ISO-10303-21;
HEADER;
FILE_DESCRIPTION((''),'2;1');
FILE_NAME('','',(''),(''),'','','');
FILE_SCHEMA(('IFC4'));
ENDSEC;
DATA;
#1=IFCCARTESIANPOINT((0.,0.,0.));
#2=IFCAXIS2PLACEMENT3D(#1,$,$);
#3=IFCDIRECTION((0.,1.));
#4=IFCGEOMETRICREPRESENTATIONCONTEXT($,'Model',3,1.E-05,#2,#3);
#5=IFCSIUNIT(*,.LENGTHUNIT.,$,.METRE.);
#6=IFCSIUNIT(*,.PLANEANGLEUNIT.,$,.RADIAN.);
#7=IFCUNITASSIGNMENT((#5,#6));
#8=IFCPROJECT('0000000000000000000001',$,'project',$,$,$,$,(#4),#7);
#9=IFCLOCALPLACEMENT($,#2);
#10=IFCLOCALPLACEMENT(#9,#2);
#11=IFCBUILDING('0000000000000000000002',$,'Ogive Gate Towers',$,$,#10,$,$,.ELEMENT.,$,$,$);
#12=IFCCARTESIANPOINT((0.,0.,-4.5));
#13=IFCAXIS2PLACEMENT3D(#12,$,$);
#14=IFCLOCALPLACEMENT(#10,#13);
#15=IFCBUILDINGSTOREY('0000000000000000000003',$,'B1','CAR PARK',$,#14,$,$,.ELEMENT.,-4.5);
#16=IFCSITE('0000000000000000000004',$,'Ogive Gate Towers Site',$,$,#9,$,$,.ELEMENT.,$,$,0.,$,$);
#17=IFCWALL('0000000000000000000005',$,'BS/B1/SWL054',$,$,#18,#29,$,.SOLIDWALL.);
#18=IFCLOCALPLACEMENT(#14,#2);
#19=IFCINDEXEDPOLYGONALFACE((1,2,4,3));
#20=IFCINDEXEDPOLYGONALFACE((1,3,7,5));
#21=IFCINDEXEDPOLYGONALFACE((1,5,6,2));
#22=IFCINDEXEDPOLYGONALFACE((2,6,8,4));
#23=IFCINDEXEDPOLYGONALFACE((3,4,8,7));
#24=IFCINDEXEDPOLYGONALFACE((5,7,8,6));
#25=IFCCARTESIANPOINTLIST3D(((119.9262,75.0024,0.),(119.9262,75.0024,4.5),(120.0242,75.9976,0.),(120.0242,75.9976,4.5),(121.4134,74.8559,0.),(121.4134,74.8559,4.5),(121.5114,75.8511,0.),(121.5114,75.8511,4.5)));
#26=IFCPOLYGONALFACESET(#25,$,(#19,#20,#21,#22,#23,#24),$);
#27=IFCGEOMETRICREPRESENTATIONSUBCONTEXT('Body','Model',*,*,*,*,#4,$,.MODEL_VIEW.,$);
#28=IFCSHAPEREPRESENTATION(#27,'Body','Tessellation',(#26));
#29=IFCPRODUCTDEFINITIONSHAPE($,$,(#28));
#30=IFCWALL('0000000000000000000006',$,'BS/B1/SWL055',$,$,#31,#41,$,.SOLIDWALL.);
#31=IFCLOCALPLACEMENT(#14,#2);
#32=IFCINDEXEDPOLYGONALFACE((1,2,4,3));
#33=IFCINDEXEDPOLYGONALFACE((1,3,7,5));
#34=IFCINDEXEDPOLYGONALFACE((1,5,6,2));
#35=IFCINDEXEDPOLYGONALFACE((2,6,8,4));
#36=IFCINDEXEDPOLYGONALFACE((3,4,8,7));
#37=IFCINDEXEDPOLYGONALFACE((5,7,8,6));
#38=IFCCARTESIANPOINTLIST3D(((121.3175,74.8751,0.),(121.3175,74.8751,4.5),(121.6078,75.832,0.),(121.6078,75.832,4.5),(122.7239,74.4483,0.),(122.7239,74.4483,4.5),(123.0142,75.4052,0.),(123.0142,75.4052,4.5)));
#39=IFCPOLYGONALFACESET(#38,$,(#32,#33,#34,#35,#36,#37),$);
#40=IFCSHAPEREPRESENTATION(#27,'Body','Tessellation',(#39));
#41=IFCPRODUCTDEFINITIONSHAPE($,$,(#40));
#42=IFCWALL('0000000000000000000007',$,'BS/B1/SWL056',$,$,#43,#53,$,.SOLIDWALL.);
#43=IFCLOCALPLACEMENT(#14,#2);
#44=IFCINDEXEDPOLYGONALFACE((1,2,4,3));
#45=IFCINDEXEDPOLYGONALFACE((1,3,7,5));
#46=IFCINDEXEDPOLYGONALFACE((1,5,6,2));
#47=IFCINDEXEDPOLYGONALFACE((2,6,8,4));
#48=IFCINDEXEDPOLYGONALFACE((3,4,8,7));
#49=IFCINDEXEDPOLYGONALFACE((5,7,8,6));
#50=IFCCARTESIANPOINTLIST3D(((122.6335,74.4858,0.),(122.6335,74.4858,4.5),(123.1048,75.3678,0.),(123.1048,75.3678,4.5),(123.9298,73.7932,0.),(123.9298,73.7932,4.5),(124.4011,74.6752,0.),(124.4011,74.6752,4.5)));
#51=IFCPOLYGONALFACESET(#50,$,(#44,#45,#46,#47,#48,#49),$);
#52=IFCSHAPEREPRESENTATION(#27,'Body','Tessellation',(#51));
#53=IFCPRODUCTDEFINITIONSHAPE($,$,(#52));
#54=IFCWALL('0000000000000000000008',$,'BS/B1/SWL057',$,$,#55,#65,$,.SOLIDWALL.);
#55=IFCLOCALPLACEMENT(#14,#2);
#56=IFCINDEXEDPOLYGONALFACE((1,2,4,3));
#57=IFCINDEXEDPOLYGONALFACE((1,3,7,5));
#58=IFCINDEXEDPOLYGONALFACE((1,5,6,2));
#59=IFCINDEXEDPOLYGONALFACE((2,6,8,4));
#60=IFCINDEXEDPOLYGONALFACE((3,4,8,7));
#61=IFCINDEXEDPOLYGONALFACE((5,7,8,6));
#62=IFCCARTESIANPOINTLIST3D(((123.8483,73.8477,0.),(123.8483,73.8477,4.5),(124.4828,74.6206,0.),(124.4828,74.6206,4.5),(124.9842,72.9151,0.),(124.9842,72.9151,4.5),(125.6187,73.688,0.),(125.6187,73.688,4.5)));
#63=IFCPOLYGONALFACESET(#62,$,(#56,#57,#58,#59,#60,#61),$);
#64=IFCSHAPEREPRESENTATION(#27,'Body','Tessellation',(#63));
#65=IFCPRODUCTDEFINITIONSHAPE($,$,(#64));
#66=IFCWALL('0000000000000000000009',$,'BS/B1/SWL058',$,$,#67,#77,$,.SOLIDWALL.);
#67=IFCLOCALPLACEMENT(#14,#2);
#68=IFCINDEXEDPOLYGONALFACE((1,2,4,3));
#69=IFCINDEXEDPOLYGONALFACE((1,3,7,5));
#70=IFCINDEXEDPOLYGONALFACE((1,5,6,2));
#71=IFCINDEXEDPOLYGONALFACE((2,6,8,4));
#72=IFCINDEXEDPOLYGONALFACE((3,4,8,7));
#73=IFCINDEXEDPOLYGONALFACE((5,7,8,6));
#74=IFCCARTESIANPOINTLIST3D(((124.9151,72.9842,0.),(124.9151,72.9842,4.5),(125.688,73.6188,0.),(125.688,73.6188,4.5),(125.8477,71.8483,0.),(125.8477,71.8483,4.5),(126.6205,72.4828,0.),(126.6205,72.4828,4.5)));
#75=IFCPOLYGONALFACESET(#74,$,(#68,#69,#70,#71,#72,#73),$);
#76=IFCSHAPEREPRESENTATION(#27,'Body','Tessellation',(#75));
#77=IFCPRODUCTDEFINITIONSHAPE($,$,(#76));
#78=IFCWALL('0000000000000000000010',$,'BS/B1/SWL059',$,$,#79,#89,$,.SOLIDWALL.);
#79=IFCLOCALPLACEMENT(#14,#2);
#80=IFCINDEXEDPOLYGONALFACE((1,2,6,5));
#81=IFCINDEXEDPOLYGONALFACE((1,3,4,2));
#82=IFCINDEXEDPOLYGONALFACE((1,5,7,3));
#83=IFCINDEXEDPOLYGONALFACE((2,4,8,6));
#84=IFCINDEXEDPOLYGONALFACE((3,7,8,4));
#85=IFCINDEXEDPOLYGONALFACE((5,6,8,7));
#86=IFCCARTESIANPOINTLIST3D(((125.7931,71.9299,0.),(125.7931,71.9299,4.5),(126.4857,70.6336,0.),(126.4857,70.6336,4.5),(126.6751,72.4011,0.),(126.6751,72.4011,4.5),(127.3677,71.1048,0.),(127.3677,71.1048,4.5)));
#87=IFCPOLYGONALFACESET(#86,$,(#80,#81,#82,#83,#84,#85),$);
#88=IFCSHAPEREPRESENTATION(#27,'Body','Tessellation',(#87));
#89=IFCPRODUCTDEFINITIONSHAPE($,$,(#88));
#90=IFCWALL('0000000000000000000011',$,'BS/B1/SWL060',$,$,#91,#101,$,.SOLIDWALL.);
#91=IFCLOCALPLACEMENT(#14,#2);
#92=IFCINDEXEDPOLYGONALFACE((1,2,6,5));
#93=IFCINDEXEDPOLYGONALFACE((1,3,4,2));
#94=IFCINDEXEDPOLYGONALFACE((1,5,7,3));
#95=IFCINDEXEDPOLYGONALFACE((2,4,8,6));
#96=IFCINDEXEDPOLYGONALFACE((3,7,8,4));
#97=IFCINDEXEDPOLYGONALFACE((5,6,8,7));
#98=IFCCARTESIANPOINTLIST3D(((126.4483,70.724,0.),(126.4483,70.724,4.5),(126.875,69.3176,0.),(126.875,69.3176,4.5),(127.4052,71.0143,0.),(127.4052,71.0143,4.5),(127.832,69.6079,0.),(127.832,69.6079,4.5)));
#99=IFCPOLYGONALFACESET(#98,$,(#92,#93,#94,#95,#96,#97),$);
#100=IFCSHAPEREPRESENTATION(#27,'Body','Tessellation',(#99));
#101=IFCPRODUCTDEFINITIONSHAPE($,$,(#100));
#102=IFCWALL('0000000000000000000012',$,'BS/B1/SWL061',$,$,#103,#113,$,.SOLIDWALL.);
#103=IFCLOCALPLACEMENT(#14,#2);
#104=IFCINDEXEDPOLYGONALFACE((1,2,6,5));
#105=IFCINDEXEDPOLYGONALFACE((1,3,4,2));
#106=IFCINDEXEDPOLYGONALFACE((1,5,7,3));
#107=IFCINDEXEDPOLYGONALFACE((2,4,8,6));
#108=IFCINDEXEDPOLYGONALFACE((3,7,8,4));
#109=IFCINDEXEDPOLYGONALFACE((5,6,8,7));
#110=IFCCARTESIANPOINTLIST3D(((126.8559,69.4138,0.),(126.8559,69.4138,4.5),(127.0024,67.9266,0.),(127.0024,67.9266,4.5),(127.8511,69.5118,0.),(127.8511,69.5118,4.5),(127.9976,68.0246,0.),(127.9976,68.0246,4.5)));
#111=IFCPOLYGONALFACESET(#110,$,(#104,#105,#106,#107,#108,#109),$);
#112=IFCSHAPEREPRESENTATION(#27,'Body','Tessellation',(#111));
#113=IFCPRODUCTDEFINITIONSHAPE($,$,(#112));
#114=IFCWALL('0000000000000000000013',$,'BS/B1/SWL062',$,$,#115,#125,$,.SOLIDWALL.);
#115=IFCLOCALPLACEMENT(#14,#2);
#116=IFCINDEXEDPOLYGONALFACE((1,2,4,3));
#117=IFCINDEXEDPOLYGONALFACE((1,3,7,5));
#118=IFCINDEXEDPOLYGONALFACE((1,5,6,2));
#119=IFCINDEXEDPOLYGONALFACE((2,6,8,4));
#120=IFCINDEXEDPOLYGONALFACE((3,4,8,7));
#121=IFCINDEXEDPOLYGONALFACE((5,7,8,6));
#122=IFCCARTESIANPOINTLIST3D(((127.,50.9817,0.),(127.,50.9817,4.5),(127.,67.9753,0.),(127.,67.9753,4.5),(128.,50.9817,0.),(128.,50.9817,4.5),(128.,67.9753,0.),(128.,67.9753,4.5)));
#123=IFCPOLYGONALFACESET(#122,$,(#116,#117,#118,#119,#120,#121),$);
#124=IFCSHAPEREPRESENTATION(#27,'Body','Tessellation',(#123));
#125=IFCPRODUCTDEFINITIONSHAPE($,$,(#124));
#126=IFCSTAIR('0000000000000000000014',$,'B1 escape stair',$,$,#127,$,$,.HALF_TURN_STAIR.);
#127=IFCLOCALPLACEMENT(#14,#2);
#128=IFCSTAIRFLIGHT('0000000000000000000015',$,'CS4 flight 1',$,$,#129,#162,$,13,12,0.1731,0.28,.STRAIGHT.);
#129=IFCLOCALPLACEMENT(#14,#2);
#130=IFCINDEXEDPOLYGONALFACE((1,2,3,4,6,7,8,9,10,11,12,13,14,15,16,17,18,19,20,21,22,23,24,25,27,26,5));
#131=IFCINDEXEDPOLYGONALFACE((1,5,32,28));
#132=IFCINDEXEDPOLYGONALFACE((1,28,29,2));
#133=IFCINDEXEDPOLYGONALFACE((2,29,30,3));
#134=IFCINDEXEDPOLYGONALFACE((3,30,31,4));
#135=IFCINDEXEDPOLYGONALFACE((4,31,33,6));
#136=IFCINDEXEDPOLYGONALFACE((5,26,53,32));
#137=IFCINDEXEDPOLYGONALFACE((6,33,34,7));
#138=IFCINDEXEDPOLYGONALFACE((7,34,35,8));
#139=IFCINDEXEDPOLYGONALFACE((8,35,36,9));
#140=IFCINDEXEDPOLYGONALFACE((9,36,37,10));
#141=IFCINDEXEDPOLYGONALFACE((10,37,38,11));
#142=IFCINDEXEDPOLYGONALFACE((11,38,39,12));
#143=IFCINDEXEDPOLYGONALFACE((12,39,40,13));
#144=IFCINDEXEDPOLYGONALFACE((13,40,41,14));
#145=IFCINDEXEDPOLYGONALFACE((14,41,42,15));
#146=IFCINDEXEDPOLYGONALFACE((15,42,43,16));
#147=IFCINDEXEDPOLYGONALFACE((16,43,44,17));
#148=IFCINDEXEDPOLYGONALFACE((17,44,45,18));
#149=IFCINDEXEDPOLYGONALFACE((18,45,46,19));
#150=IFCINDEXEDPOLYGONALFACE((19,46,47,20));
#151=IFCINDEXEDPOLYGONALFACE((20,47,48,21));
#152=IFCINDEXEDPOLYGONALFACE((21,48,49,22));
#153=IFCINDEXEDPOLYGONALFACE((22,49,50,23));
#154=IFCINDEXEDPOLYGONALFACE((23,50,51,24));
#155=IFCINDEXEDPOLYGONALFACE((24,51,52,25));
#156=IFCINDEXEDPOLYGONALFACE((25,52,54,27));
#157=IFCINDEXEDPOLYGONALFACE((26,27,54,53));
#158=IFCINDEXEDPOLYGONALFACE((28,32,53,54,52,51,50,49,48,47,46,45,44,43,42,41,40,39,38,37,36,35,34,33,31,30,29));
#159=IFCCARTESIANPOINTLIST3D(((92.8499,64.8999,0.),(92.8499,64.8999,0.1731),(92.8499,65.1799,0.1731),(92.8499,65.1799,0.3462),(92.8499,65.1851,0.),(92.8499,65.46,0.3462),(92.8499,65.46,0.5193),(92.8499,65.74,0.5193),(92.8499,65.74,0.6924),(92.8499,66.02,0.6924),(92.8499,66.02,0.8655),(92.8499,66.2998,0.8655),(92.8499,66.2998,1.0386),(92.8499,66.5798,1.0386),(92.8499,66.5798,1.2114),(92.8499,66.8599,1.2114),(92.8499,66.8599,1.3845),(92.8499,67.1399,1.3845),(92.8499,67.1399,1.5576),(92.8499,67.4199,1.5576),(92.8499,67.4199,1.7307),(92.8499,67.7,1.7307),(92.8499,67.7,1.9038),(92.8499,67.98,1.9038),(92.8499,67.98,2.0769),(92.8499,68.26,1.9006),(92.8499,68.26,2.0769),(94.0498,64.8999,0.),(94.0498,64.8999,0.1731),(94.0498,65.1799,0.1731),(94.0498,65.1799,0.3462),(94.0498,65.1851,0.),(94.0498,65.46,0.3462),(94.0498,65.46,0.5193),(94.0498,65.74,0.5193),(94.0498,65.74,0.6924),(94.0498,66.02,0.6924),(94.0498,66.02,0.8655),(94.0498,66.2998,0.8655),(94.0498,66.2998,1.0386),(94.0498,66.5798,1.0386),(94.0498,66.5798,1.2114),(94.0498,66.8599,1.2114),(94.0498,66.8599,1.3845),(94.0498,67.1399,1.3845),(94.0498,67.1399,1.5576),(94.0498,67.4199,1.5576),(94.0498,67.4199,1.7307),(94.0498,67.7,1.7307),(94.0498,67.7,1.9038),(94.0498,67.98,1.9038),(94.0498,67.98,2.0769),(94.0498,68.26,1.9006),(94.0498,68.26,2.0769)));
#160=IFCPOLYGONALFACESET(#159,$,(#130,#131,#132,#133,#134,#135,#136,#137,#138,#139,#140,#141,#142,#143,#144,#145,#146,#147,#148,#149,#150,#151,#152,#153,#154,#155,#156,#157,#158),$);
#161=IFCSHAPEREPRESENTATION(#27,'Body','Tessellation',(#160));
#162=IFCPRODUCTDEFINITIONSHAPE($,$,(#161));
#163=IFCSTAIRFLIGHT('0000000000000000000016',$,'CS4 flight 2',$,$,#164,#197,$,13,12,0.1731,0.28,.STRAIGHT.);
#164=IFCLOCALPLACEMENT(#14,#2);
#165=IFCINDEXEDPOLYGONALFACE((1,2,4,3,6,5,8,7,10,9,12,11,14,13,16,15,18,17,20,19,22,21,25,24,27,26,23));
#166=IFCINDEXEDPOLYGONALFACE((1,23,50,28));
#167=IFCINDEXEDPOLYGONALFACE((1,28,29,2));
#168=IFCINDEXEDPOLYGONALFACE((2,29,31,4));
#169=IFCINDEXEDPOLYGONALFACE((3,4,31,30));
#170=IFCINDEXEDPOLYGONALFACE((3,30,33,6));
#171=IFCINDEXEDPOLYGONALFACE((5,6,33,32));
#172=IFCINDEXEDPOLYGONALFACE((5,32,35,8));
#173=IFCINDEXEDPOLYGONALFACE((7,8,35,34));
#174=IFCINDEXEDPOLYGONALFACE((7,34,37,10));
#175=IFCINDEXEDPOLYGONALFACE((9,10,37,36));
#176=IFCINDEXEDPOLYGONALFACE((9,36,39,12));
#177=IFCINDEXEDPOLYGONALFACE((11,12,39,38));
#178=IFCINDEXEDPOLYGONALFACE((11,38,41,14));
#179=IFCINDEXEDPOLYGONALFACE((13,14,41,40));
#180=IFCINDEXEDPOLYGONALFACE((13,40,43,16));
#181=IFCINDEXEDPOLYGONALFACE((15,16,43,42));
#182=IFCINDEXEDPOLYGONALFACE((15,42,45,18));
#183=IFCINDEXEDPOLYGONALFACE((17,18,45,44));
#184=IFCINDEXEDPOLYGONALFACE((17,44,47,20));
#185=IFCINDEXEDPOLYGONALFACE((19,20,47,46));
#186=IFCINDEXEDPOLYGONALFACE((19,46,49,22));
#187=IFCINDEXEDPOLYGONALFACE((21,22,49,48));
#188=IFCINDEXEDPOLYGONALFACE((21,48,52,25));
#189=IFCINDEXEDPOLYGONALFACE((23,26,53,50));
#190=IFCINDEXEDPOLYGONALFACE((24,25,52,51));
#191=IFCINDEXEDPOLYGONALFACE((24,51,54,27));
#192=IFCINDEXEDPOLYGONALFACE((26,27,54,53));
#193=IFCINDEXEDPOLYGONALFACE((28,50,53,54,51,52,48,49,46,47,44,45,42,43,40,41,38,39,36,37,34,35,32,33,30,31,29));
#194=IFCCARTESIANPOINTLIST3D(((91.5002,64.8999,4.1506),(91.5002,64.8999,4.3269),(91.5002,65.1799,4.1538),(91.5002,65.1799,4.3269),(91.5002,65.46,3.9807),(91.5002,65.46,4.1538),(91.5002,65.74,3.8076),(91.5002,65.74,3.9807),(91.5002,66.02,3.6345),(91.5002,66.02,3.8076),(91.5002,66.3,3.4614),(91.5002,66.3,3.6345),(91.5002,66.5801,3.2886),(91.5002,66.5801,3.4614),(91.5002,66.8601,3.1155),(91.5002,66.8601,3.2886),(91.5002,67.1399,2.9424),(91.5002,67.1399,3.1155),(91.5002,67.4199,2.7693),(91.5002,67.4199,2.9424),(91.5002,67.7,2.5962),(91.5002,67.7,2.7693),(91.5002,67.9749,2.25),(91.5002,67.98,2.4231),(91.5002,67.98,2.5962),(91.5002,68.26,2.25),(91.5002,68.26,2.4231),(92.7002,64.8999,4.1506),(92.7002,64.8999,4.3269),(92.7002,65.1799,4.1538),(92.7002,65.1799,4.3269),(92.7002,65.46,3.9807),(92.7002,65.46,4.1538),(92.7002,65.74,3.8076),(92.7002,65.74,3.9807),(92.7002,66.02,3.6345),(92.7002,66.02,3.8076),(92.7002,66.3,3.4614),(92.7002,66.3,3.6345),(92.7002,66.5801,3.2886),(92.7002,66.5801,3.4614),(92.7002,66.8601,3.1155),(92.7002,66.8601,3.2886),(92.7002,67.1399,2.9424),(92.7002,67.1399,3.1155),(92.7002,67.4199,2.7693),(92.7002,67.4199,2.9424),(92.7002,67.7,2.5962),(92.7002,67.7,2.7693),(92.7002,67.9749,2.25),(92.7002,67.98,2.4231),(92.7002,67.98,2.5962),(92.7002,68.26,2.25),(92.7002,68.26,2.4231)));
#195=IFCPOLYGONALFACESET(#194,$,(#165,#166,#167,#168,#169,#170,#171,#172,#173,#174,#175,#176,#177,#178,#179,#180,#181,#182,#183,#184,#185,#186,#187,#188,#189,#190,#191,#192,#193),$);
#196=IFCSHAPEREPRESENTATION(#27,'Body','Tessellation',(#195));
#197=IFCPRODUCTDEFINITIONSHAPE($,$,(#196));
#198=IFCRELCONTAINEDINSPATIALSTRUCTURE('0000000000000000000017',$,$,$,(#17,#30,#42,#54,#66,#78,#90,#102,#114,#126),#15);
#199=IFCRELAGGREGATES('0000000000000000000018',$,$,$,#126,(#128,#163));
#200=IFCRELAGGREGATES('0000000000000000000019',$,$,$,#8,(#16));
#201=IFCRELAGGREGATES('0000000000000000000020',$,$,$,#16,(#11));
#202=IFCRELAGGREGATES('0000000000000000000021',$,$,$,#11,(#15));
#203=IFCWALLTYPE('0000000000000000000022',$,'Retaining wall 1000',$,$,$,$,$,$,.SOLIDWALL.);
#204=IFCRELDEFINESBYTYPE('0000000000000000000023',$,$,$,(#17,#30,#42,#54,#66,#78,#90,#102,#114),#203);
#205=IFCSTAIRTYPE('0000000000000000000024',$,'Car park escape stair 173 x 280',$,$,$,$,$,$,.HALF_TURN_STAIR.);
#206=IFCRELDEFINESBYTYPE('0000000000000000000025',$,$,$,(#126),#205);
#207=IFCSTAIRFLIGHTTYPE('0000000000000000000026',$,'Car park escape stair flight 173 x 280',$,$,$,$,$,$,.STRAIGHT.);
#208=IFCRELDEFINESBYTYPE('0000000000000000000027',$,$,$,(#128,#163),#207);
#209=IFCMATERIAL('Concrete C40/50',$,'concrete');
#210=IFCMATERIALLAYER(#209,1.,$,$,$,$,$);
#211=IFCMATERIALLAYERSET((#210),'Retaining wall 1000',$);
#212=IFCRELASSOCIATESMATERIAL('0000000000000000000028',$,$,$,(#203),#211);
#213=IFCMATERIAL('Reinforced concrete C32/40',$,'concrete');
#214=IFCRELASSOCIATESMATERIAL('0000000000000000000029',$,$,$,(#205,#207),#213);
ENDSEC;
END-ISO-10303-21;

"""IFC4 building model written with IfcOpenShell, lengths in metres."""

from ifc_helpers import new_model, si_unit, direction, frame, frame_2d, origin, place, context, subcontext, project, spatial, polyline, rectangle, outline, extrude, material, layer, layer_set, type_object, element, aggregate, save


model = new_model("IFC4")

# Units and contexts
model_context = context("Model", 3, precision=1e-05, world=origin(), true_north=direction((0.0, 1.0)))
body_context = subcontext(model_context, "Body", "Model", "MODEL_VIEW")
ifc_project = project(units=[si_unit("LENGTHUNIT", "METRE"), si_unit("PLANEANGLEUNIT", "RADIAN")], contexts=[model_context])

# Site, building, storey
site_placement = place(None, origin())
site = spatial("IfcSite", under=ifc_project, at=site_placement, Name="Ogive Gate Towers Site", CompositionType="ELEMENT", RefElevation=0.0)
building_placement = place(site_placement, origin())
building = spatial("IfcBuilding", under=site, at=building_placement, Name="Ogive Gate Towers", CompositionType="ELEMENT")
storey_placement = place(building_placement, frame((0.0, 0.0, -4.5)))
storey = spatial("IfcBuildingStorey", under=building, at=storey_placement, Name="B1", Description="CAR PARK", CompositionType="ELEMENT", Elevation=-4.5)

# Shared definitions
ifc_material_1 = material(Name="Concrete C40/50", Category="concrete")

# Shared definitions
ifc_material_2 = material(Name="Reinforced concrete C32/40", Category="concrete")

# Walls
ifc_layer_1 = layer(ifc_material_1, 1.0)
ifc_layer_set_1 = layer_set([ifc_layer_1], Name="Retaining wall 1000")
wall_type_1 = type_object("IfcWallType", Name="Retaining wall 1000", PredefinedType="SOLIDWALL", material=ifc_layer_set_1)
wall_1_placement = place(storey_placement, frame((119.9753, 75.5, 0.0), z_axis=(0.0, 0.0, 1.0), x_axis=(0.995185, -0.098016, 0.0)))
element("IfcWall", 1, at=wall_1_placement, inside=storey, type_object=wall_type_1, Name="BS/B1/SWL054", PredefinedType="SOLIDWALL", context=body_context, shape_type="SweptSolid", body=[
    extrude(rectangle(XDim=1.4944, YDim=1.0, at=frame_2d((0.7471, 0.0))), origin(), (0.0, 0.0, 1.0), 4.5),
])
for number, where, z_axis, x_axis, name in (
    (2, (121.4626, 75.3535, 0.0), (0.0, 0.0, 1.0), (0.956921, -0.290349, 0.0), "BS/B1/SWL055"),
    (3, (122.8691, 74.9268, 0.0), (0.0, 0.0, 1.0), (0.882008, -0.471235, 0.0), "BS/B1/SWL056"),
    (4, (124.1655, 74.2341, 0.0), (0.0, 0.0, 1.0), (0.772898, -0.63453, 0.0), "BS/B1/SWL057"),
    (5, (125.3015, 73.3015, 0.0), (0.0, 0.0, 1.0), (0.63453, -0.772898, 0.0), "BS/B1/SWL058"),
    (6, (126.2341, 72.1655, 0.0), (0.0, 0.0, 1.0), (0.471235, -0.882008, 0.0), "BS/B1/SWL059"),
    (7, (126.9268, 70.8691, 0.0), (0.0, 0.0, 1.0), (0.290349, -0.956921, 0.0), "BS/B1/SWL060"),
):
    element("IfcWall", number, at=place(storey_placement, frame(where, z_axis=z_axis, x_axis=x_axis)), inside=storey, type_object=wall_type_1, Name=name, PredefinedType="SOLIDWALL", context=body_context, shape_type="SweptSolid", body=[
        extrude(rectangle(XDim=1.4697, YDim=1.0, at=frame_2d((0.7349, 0.0))), origin(), (0.0, 0.0, 1.0), 4.5),
    ])
wall_2_placement = place(storey_placement, frame((127.3535, 69.4626, 0.0), z_axis=(0.0, 0.0, 1.0), x_axis=(0.098016, -0.995185, 0.0)))
element("IfcWall", 8, at=wall_2_placement, inside=storey, type_object=wall_type_1, Name="BS/B1/SWL061", PredefinedType="SOLIDWALL", context=body_context, shape_type="SweptSolid", body=[
    extrude(rectangle(XDim=1.4944, YDim=1.0, at=frame_2d((0.7471, 0.0))), origin(), (0.0, 0.0, 1.0), 4.5),
])
wall_3_placement = place(storey_placement, frame((127.5, 67.9753, 0.0), z_axis=(0.0, 0.0, 1.0), x_axis=(0.0, -1.0, 0.0)))
element("IfcWall", 9, at=wall_3_placement, inside=storey, type_object=wall_type_1, Name="BS/B1/SWL062", PredefinedType="SOLIDWALL", context=body_context, shape_type="SweptSolid", body=[
    extrude(rectangle(XDim=16.9937, YDim=1.0, at=frame_2d((8.4968, 0.0))), origin(), (0.0, 0.0, 1.0), 4.5),
])

# Stair, stair flights
stair_type = type_object("IfcStairType", Name="Car park escape stair 173 x 280", PredefinedType="HALF_TURN_STAIR", material=ifc_material_2)
stair_placement = place(storey_placement, origin())
stair = element("IfcStair", 10, at=stair_placement, inside=storey, type_object=stair_type, Name="B1 escape stair", PredefinedType="HALF_TURN_STAIR")
stair_flight_type = type_object("IfcStairFlightType", Name="Car park escape stair flight 173 x 280", PredefinedType="STRAIGHT", material=ifc_material_2)
stair_flight_1_placement = place(storey_placement, frame((93.45, 64.8999, 0.0), z_axis=(0.0, 0.0, 1.0), x_axis=(0.0, 1.0, 0.0)))
stair_flight_1 = element("IfcStairFlight", 11, at=stair_flight_1_placement, type_object=stair_flight_type, Name="CS4 flight 1", NumberOfRisers=13, NumberOfTreads=12, PredefinedType="STRAIGHT", RiserHeight=0.1731, TreadLength=0.28, context=body_context, shape_type="SweptSolid", body=[
    extrude(outline(polyline([(0.0, 0.0), (0.0, 0.1731), (0.28, 0.1731), (0.28, 0.3462), (0.5601, 0.3462), (0.5601, 0.5193), (0.8401, 0.5193), (0.8401, 0.6924), (1.1201, 0.6924), (1.1201, 0.8655), (1.3999, 0.8655), (1.3999, 1.0386), (1.6799, 1.0386), (1.6799, 1.2114), (1.96, 1.2114), (1.96, 1.3845), (2.24, 1.3845), (2.24, 1.5576), (2.52, 1.5576), (2.52, 1.7307), (2.8, 1.7307), (2.8, 1.9038), (3.0801, 1.9038), (3.0801, 2.0769), (3.3601, 2.0769), (3.3601, 2.25), (3.3601, 1.9006), (0.2852, 0.0), (0.0, 0.0)])), frame((0.0, 0.6001, 0.0), z_axis=(0.0, -1.0, 0.0), x_axis=(1.0, 0.0, 0.0)), (0.0, 0.0, 1.0), 1.2),
])
stair_flight_2_placement = place(storey_placement, frame((92.1001, 68.26, 2.25), z_axis=(0.0, 0.0, 1.0), x_axis=(0.0, -1.0, 0.0)))
stair_flight_2 = element("IfcStairFlight", 12, at=stair_flight_2_placement, type_object=stair_flight_type, Name="CS4 flight 2", NumberOfRisers=13, NumberOfTreads=12, PredefinedType="STRAIGHT", RiserHeight=0.1731, TreadLength=0.28, context=body_context, shape_type="SweptSolid", body=[
    extrude(outline(polyline([(0.0, 0.0), (0.0, 0.1731), (0.28, 0.1731), (0.28, 0.3462), (0.5601, 0.3462), (0.5601, 0.5193), (0.8401, 0.5193), (0.8401, 0.6924), (1.1201, 0.6924), (1.1201, 0.8655), (1.3999, 0.8655), (1.3999, 1.0386), (1.6799, 1.0386), (1.6799, 1.2114), (1.96, 1.2114), (1.96, 1.3845), (2.24, 1.3845), (2.24, 1.5576), (2.52, 1.5576), (2.52, 1.7307), (2.8, 1.7307), (2.8, 1.9038), (3.0801, 1.9038), (3.0801, 2.0769), (3.3601, 2.0769), (3.3601, 2.25), (3.3601, 1.9006), (0.2852, 0.0), (0.0, 0.0)])), frame((0.0, 0.6001, 0.0), z_axis=(0.0, -1.0, 0.0), x_axis=(1.0, 0.0, 0.0)), (0.0, 0.0, 1.0), 1.2),
])
aggregate(stair, [stair_flight_1, stair_flight_2])

save(model, "model.ifc")
